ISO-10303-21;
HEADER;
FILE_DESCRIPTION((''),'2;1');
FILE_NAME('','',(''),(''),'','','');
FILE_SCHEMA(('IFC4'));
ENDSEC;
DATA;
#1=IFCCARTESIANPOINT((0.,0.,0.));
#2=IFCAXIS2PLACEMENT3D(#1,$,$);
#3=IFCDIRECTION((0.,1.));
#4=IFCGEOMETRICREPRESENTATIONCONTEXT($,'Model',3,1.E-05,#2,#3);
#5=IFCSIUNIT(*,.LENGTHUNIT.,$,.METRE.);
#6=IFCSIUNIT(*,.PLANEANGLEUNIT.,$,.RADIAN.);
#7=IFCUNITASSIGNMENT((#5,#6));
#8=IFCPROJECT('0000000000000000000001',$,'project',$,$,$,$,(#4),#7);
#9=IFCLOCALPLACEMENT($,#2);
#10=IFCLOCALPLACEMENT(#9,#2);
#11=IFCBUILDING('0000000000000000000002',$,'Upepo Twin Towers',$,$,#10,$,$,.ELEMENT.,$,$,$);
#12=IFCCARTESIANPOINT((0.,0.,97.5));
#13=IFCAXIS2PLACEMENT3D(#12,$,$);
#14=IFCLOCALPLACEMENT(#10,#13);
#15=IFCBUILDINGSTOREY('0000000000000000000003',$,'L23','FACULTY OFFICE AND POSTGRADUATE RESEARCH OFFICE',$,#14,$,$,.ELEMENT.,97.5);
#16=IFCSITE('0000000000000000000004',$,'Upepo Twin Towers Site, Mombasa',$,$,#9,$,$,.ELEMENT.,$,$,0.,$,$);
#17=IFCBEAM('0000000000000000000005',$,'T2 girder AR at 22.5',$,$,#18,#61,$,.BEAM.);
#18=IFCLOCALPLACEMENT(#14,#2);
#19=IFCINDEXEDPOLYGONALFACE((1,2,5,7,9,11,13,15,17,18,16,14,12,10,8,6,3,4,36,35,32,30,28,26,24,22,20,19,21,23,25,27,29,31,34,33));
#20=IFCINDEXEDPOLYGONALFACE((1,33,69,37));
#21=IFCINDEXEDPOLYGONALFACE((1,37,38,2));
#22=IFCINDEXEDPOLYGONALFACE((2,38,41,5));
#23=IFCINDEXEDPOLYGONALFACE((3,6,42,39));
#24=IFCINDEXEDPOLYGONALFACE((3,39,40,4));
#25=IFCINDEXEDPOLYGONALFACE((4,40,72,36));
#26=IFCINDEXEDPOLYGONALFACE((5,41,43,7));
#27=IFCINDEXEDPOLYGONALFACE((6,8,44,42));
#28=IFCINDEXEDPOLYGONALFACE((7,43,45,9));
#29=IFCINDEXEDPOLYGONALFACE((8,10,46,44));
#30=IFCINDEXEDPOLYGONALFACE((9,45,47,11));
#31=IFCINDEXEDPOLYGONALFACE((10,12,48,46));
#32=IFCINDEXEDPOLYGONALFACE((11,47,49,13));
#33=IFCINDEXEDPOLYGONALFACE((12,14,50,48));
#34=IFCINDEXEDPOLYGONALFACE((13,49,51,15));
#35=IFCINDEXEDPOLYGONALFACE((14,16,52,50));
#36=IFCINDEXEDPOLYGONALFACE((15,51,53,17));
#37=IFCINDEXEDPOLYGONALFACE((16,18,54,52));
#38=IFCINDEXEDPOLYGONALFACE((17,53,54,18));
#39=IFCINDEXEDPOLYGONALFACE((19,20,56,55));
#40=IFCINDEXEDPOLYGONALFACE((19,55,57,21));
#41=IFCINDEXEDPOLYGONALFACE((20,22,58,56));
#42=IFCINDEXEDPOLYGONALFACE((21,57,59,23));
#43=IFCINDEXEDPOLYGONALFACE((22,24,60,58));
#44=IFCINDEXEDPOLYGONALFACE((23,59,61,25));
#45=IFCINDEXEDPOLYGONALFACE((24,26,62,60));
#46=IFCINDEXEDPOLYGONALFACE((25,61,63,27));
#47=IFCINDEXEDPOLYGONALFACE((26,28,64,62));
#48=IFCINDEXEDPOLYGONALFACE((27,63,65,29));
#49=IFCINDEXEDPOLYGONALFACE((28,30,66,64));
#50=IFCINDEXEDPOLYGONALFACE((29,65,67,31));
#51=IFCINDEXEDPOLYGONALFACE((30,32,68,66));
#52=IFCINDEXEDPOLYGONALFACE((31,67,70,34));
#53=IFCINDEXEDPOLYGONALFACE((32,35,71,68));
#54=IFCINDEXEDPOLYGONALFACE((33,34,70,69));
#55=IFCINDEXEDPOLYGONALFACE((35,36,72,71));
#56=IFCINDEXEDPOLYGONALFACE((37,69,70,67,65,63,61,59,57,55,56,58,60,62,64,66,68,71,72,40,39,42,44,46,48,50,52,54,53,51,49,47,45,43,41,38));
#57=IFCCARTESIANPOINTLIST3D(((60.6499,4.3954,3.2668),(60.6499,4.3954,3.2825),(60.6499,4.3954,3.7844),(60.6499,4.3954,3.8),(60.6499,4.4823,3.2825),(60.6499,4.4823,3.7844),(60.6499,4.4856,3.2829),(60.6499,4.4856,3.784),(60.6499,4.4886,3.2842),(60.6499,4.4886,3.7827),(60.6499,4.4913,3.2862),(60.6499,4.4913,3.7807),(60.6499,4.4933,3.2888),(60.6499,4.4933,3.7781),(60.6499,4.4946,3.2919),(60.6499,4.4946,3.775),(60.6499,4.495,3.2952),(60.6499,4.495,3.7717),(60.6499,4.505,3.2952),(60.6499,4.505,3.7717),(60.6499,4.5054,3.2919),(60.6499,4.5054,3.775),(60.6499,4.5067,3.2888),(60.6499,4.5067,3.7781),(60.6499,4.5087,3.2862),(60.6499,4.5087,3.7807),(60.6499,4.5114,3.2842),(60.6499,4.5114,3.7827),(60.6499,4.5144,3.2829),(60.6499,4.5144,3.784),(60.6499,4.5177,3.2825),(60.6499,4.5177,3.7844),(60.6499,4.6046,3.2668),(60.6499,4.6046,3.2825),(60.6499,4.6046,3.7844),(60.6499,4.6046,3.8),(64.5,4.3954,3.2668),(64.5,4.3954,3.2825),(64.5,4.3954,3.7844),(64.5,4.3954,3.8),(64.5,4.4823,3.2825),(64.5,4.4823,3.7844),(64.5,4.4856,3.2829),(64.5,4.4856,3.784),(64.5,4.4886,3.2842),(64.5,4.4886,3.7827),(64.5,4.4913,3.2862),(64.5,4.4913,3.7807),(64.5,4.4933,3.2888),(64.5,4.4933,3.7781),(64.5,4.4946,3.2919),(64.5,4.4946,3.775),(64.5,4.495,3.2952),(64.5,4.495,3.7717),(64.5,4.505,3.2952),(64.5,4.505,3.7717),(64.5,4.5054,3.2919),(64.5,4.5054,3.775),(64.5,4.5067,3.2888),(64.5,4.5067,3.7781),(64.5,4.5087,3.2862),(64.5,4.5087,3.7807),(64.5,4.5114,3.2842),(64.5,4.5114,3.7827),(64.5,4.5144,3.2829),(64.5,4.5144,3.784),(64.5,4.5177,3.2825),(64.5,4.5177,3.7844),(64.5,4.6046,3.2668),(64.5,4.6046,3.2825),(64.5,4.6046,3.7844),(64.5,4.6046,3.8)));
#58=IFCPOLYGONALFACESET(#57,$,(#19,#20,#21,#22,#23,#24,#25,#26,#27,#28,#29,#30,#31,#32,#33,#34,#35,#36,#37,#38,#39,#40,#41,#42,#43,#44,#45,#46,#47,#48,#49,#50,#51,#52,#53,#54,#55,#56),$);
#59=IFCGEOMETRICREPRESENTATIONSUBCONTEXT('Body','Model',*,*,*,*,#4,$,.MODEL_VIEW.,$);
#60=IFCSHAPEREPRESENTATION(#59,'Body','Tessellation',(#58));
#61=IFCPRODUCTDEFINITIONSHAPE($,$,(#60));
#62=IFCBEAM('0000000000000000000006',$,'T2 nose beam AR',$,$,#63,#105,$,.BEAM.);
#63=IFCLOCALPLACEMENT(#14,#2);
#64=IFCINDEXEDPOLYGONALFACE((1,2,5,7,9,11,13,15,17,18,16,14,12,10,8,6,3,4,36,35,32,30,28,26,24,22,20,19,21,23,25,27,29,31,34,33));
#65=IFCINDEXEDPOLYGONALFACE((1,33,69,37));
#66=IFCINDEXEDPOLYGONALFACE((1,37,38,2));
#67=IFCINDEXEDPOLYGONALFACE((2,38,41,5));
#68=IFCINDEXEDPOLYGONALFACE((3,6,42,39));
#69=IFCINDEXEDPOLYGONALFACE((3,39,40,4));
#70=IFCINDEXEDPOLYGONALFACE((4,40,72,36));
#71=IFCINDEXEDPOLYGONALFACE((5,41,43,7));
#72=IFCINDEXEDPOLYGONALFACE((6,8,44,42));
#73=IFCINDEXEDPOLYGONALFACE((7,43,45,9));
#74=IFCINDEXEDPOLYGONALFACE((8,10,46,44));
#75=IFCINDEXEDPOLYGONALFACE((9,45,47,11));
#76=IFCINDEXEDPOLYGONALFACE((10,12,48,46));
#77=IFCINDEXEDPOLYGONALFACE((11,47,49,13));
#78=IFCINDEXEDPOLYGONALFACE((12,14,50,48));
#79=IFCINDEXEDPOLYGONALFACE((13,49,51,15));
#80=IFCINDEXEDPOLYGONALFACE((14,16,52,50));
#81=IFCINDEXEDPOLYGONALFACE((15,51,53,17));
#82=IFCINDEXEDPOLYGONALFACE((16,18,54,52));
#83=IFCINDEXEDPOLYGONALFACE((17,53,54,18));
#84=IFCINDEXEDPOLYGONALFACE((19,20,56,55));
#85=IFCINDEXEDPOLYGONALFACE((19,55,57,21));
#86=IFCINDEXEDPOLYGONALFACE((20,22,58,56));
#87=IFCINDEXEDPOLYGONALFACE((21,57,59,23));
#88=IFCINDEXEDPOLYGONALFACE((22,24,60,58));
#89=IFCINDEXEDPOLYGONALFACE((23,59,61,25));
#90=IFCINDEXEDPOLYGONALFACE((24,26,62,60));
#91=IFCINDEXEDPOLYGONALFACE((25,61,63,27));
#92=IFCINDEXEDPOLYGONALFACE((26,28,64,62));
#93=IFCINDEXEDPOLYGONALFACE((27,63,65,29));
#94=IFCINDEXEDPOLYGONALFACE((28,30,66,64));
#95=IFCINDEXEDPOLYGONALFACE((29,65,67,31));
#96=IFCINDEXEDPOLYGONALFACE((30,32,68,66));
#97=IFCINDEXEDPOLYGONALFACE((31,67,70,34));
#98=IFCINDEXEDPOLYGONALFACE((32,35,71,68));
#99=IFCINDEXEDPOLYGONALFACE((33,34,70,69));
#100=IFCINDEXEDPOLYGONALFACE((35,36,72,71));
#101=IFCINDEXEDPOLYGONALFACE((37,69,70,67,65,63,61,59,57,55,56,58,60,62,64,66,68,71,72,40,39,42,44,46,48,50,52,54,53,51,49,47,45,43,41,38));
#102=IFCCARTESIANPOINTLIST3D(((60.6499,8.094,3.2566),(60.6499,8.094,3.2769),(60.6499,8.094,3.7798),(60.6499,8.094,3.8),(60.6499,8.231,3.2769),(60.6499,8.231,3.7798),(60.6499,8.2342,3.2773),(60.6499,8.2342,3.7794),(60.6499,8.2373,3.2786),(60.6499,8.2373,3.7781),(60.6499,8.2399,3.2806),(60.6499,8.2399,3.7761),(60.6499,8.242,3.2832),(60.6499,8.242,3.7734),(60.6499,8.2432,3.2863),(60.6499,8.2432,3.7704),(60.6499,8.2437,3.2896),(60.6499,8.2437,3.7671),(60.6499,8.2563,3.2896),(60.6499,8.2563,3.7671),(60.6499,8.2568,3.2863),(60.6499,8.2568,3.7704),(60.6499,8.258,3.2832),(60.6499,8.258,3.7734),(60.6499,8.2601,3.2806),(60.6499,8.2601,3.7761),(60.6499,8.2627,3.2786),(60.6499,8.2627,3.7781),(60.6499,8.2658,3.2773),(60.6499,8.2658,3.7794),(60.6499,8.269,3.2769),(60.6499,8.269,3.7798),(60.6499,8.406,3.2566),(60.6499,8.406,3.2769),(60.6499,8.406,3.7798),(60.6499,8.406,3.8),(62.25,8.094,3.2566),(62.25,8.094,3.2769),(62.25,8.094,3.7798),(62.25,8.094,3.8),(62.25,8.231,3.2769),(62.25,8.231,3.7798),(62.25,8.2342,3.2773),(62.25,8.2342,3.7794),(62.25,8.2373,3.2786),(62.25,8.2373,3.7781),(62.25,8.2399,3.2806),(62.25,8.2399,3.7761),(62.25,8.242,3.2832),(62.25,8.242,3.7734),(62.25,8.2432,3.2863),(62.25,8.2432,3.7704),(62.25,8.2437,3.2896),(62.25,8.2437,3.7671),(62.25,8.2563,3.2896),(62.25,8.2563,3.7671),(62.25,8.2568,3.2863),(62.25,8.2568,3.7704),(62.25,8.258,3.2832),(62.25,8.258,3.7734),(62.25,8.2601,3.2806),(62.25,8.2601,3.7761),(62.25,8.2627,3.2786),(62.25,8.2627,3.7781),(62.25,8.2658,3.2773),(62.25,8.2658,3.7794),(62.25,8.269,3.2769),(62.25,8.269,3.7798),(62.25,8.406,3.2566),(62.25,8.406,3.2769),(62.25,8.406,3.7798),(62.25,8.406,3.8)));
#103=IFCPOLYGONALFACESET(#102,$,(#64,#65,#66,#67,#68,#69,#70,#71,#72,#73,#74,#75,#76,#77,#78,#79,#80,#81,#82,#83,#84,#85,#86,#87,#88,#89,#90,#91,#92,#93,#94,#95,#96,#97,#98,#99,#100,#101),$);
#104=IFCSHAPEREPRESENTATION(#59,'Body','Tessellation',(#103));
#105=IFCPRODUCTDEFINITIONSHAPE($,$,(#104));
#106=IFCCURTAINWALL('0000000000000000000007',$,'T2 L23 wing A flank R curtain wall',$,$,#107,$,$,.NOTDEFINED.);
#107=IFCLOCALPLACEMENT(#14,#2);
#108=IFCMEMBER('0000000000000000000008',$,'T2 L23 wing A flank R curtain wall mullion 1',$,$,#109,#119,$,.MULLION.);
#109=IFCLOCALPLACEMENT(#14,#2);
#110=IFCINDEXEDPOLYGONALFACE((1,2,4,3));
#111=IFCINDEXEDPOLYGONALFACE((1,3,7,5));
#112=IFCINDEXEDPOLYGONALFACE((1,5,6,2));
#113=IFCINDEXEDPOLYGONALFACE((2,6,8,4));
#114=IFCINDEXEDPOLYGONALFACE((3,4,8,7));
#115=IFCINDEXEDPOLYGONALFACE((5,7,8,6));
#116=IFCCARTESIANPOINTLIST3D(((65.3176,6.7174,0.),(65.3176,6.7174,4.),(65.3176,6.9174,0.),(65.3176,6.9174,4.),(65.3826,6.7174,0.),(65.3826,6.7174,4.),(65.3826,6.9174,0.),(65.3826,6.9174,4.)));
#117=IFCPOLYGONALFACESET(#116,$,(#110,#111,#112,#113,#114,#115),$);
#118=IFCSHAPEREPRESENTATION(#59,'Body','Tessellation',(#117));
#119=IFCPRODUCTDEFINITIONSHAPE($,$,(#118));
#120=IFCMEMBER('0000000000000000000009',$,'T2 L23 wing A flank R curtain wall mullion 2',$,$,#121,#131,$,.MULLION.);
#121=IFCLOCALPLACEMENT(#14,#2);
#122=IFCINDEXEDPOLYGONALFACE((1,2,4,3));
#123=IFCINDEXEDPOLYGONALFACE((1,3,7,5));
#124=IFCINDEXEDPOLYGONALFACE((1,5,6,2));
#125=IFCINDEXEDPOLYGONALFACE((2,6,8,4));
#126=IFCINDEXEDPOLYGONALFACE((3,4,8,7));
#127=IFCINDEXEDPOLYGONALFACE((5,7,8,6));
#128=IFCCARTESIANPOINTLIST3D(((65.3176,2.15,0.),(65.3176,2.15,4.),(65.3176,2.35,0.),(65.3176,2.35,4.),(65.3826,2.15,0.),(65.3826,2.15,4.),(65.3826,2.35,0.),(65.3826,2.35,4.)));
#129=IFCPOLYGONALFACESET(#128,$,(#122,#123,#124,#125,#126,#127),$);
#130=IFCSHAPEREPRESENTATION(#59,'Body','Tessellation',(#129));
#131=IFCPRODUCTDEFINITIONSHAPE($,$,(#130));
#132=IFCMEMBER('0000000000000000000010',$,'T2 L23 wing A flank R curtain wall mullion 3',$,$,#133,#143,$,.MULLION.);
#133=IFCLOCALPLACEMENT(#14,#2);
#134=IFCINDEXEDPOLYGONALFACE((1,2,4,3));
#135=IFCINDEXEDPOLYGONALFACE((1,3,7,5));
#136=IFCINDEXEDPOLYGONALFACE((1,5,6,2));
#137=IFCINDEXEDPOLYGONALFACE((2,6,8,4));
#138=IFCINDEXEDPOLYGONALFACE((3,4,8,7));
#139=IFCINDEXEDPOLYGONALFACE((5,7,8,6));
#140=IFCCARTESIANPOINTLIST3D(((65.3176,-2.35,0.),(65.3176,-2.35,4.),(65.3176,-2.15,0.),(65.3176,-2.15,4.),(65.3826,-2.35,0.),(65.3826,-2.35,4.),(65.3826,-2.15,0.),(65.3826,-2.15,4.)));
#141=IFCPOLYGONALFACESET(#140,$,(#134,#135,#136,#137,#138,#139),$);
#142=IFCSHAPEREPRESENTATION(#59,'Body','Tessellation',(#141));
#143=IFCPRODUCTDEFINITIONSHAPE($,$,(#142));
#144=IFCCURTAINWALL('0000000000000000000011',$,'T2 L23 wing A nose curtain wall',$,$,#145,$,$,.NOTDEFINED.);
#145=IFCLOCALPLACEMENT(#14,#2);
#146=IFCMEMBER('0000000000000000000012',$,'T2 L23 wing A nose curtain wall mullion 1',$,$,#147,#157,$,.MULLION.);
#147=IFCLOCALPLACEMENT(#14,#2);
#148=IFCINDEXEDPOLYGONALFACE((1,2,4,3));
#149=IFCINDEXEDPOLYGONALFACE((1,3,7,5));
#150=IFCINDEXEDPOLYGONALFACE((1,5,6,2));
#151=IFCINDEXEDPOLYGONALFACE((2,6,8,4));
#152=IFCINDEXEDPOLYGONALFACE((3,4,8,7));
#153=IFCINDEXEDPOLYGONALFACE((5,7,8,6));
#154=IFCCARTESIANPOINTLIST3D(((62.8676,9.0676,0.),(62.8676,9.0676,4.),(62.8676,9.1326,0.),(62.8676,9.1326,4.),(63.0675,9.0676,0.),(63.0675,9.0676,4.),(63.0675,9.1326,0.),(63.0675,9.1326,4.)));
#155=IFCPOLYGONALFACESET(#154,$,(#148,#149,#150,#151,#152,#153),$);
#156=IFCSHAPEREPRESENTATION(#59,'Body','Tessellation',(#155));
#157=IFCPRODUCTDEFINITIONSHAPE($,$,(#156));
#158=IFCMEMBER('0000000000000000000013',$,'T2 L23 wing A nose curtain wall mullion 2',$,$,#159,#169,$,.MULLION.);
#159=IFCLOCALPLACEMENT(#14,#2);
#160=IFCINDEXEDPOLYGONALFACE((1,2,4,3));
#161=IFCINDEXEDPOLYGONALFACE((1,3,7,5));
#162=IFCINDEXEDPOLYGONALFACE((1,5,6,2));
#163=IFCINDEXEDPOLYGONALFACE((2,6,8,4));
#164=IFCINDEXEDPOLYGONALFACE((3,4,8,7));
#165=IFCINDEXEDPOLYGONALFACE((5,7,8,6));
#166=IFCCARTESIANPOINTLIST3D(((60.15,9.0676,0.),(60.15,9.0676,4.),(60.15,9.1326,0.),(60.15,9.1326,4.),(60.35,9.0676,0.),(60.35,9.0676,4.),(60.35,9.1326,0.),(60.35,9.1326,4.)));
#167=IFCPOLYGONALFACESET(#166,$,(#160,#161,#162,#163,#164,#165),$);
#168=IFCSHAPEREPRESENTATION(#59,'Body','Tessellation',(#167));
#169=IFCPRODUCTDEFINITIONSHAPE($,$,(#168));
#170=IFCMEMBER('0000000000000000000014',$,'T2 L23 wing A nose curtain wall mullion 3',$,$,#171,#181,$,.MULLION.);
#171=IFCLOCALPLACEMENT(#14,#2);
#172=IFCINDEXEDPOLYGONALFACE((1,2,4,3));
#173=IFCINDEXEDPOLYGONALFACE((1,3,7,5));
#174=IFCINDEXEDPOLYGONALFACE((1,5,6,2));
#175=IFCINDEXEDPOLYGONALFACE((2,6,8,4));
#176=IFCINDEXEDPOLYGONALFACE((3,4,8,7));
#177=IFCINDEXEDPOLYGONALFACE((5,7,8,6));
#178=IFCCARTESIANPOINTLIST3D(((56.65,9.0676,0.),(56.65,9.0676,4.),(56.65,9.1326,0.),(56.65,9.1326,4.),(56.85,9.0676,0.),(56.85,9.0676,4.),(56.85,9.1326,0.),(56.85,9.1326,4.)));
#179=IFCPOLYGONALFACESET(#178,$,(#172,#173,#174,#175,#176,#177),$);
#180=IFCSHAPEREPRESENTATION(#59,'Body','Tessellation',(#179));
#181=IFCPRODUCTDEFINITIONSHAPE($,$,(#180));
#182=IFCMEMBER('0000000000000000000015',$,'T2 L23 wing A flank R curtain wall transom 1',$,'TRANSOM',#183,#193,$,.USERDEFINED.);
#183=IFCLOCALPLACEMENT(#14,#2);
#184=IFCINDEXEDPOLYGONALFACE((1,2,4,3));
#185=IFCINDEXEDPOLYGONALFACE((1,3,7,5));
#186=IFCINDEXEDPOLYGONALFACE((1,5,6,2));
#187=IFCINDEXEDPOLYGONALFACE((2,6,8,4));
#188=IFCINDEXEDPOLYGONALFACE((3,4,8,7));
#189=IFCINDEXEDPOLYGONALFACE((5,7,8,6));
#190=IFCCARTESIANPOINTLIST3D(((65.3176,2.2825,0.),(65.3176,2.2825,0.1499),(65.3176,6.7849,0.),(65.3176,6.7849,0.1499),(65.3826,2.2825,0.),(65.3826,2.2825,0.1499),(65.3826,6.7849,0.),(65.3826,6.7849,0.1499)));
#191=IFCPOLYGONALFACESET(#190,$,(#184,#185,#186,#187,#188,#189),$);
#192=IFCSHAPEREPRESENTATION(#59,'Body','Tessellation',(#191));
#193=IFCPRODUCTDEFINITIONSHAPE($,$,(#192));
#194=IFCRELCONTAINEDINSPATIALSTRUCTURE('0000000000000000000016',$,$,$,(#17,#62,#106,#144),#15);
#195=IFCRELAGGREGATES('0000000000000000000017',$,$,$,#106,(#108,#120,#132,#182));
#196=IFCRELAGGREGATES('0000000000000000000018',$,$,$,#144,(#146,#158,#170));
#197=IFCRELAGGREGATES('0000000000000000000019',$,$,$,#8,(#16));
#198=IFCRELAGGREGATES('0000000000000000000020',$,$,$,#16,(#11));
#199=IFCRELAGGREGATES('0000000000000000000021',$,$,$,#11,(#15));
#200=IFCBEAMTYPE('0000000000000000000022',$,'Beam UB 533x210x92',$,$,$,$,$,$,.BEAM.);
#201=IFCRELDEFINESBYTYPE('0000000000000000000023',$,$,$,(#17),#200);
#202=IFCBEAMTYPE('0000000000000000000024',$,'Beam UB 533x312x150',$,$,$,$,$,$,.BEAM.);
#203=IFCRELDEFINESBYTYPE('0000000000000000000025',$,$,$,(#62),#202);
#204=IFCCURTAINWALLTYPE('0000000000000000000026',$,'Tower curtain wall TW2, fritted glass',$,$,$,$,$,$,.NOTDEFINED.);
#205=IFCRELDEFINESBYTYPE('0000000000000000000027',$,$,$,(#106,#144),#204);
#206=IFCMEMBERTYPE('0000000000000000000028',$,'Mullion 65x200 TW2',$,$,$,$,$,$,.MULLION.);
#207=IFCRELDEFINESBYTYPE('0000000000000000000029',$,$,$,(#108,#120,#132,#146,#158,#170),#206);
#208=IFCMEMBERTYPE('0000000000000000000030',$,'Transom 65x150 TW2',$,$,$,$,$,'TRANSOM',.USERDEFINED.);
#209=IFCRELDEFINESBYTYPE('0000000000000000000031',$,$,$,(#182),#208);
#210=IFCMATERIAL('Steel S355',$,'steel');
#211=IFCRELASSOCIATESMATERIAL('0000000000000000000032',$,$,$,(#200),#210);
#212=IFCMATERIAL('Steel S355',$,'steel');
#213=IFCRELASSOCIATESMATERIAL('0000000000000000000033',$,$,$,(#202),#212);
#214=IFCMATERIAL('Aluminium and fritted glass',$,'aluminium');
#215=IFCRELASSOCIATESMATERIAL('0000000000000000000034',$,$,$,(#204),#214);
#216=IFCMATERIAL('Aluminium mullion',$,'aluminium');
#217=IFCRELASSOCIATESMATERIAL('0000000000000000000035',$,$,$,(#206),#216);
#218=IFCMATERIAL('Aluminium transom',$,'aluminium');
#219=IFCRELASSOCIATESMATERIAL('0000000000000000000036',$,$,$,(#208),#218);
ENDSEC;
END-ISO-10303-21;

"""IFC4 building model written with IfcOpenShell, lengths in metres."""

from ifc_helpers import new_model, si_unit, direction, frame, origin, origin_2d, place, context, subcontext, project, spatial, rectangle, i_section, extrude, material, material_profile, profile_set, type_object, element, aggregate, save


model = new_model("IFC4")

# Units and contexts
model_context = context("Model", 3, precision=1e-05, world=origin(), true_north=direction((0.0, 1.0)))
body_context = subcontext(model_context, "Body", "Model", "MODEL_VIEW")
ifc_project = project(units=[si_unit("LENGTHUNIT", "METRE"), si_unit("PLANEANGLEUNIT", "RADIAN")], contexts=[model_context])

# Site, building, storey
site_placement = place(None, origin())
site = spatial("IfcSite", under=ifc_project, at=site_placement, Name="Upepo Twin Towers Site, Mombasa", CompositionType="ELEMENT", RefElevation=0.0)
building_placement = place(site_placement, origin())
building = spatial("IfcBuilding", under=site, at=building_placement, Name="Upepo Twin Towers", CompositionType="ELEMENT")
storey_placement = place(building_placement, frame((0.0, 0.0, 97.5)))
storey = spatial("IfcBuildingStorey", under=building, at=storey_placement, Name="L23", Description="FACULTY OFFICE AND POSTGRADUATE RESEARCH OFFICE", CompositionType="ELEMENT", Elevation=97.5)

# Beams
ifc_material_1 = material(Name="Steel S355", Category="steel")
ifc_material_profile_1 = material_profile(ifc_material_1, i_section(OverallWidth=0.2092, OverallDepth=0.5332, WebThickness=0.01, FlangeThickness=0.0156, FilletRadius=0.0127, at=origin_2d()), Name="UB 533x210x92")
ifc_profile_set_1 = profile_set([ifc_material_profile_1], Name="Steel S355")
beam_type_1 = type_object("IfcBeamType", Name="Beam UB 533x210x92", PredefinedType="BEAM", material=ifc_profile_set_1)
for number, where, z_axis, x_axis, name in (
    (1, (64.5, 4.5, 3.5334), (-1.0, 0.0, 0.0), (0.0, -1.0, 0.0), "T2 girder AR at 22.5"),
):
    element("IfcBeam", number, at=place(storey_placement, frame(where, z_axis=z_axis, x_axis=x_axis)), inside=storey, type_object=beam_type_1, Name=name, PredefinedType="BEAM", context=body_context, shape_type="SweptSolid", body=[
        extrude(i_section(OverallWidth=0.2092, OverallDepth=0.5332, WebThickness=0.01, FlangeThickness=0.0156, FilletRadius=0.0127, at=origin_2d()), origin(), (0.0, 0.0, 1.0), 3.8501),
    ])
ifc_material_2 = material(Name="Steel S355", Category="steel")
ifc_material_profile_2 = material_profile(ifc_material_2, i_section(OverallWidth=0.312, OverallDepth=0.5435, WebThickness=0.0127, FlangeThickness=0.0203, FilletRadius=0.0127, at=origin_2d()), Name="UB 533x312x150")
ifc_profile_set_2 = profile_set([ifc_material_profile_2], Name="Steel S355")
beam_type_2 = type_object("IfcBeamType", Name="Beam UB 533x312x150", PredefinedType="BEAM", material=ifc_profile_set_2)
beam_1_placement = place(storey_placement, frame((62.25, 8.25, 3.5283), z_axis=(-1.0, 0.0, 0.0), x_axis=(0.0, -1.0, 0.0)))
element("IfcBeam", 2, at=beam_1_placement, inside=storey, type_object=beam_type_2, Name="T2 nose beam AR", PredefinedType="BEAM", context=body_context, shape_type="SweptSolid", body=[
    extrude(i_section(OverallWidth=0.312, OverallDepth=0.5435, WebThickness=0.0127, FlangeThickness=0.0203, FilletRadius=0.0127, at=origin_2d()), origin(), (0.0, 0.0, 1.0), 1.6001),
])

# Curtain walls, members
ifc_material_3 = material(Name="Aluminium and fritted glass", Category="aluminium")
curtain_wall_type = type_object("IfcCurtainWallType", Name="Tower curtain wall TW2, fritted glass", PredefinedType="NOTDEFINED", material=ifc_material_3)
curtain_wall_1_placement = place(storey_placement, origin())
curtain_wall_1 = element("IfcCurtainWall", 3, at=curtain_wall_1_placement, inside=storey, type_object=curtain_wall_type, Name="T2 L23 wing A flank R curtain wall", PredefinedType="NOTDEFINED")
ifc_material_4 = material(Name="Aluminium mullion", Category="aluminium")
ifc_material_profile_3 = material_profile(ifc_material_4, rectangle(XDim=0.0649, YDim=0.2, at=origin_2d()), Name="MULLION 65x200")
ifc_profile_set_3 = profile_set([ifc_material_profile_3], Name="Aluminium mullion")
member_type_1 = type_object("IfcMemberType", Name="Mullion 65x200 TW2", PredefinedType="MULLION", material=ifc_profile_set_3)
member_1_placement = place(storey_placement, frame((65.3501, 6.8174, 0.0), z_axis=(0.0, 0.0, 1.0), x_axis=(1.0, 0.0, 0.0)))
member_1 = element("IfcMember", 4, at=member_1_placement, type_object=member_type_1, Name="T2 L23 wing A flank R curtain wall mullion 1", PredefinedType="MULLION", context=body_context, shape_type="SweptSolid", body=[
    extrude(rectangle(XDim=0.0649, YDim=0.2, at=origin_2d()), origin(), (0.0, 0.0, 1.0), 4.0),
])
member_2_placement = place(storey_placement, frame((65.3501, 2.25, 0.0), z_axis=(0.0, 0.0, 1.0), x_axis=(1.0, 0.0, 0.0)))
member_2 = element("IfcMember", 5, at=member_2_placement, type_object=member_type_1, Name="T2 L23 wing A flank R curtain wall mullion 2", PredefinedType="MULLION", context=body_context, shape_type="SweptSolid", body=[
    extrude(rectangle(XDim=0.0649, YDim=0.2, at=origin_2d()), origin(), (0.0, 0.0, 1.0), 4.0),
])
member_3_placement = place(storey_placement, frame((65.3501, -2.25, 0.0), z_axis=(0.0, 0.0, 1.0), x_axis=(1.0, 0.0, 0.0)))
member_3 = element("IfcMember", 6, at=member_3_placement, type_object=member_type_1, Name="T2 L23 wing A flank R curtain wall mullion 3", PredefinedType="MULLION", context=body_context, shape_type="SweptSolid", body=[
    extrude(rectangle(XDim=0.0649, YDim=0.2, at=origin_2d()), origin(), (0.0, 0.0, 1.0), 4.0),
])
curtain_wall_2_placement = place(storey_placement, origin())
curtain_wall_2 = element("IfcCurtainWall", 7, at=curtain_wall_2_placement, inside=storey, type_object=curtain_wall_type, Name="T2 L23 wing A nose curtain wall", PredefinedType="NOTDEFINED")
member_4_placement = place(storey_placement, frame((62.9675, 9.1001, 0.0), z_axis=(0.0, 0.0, 1.0), x_axis=(0.0, -1.0, 0.0)))
member_4 = element("IfcMember", 8, at=member_4_placement, type_object=member_type_1, Name="T2 L23 wing A nose curtain wall mullion 1", PredefinedType="MULLION", context=body_context, shape_type="SweptSolid", body=[
    extrude(rectangle(XDim=0.0649, YDim=0.2, at=origin_2d()), origin(), (0.0, 0.0, 1.0), 4.0),
])
member_5_placement = place(storey_placement, frame((60.25, 9.1001, 0.0), z_axis=(0.0, 0.0, 1.0), x_axis=(0.0, -1.0, 0.0)))
member_5 = element("IfcMember", 9, at=member_5_placement, type_object=member_type_1, Name="T2 L23 wing A nose curtain wall mullion 2", PredefinedType="MULLION", context=body_context, shape_type="SweptSolid", body=[
    extrude(rectangle(XDim=0.0649, YDim=0.2, at=origin_2d()), origin(), (0.0, 0.0, 1.0), 4.0),
])
member_6_placement = place(storey_placement, frame((56.75, 9.1001, 0.0), z_axis=(0.0, 0.0, 1.0), x_axis=(0.0, -1.0, 0.0)))
member_6 = element("IfcMember", 10, at=member_6_placement, type_object=member_type_1, Name="T2 L23 wing A nose curtain wall mullion 3", PredefinedType="MULLION", context=body_context, shape_type="SweptSolid", body=[
    extrude(rectangle(XDim=0.0649, YDim=0.2, at=origin_2d()), origin(), (0.0, 0.0, 1.0), 4.0),
])

# Member
ifc_material_5 = material(Name="Aluminium transom", Category="aluminium")
ifc_material_profile_4 = material_profile(ifc_material_5, rectangle(XDim=0.0649, YDim=0.1499, at=origin_2d()), Name="TRANSOM 65x150")
ifc_profile_set_4 = profile_set([ifc_material_profile_4], Name="Aluminium transom")
member_type_2 = type_object("IfcMemberType", Name="Transom 65x150 TW2", ElementType="TRANSOM", PredefinedType="USERDEFINED", material=ifc_profile_set_4)
member_7_placement = place(storey_placement, frame((65.3501, 6.7849, 0.075), z_axis=(0.0, -1.0, 0.0), x_axis=(1.0, 0.0, 0.0)))
member_7 = element("IfcMember", 11, at=member_7_placement, type_object=member_type_2, Name="T2 L23 wing A flank R curtain wall transom 1", ObjectType="TRANSOM", PredefinedType="USERDEFINED", context=body_context, shape_type="SweptSolid", body=[
    extrude(rectangle(XDim=0.0649, YDim=0.1499, at=origin_2d()), origin(), (0.0, 0.0, 1.0), 4.5024),
])

aggregate(curtain_wall_1, [member_1, member_2, member_3, member_7])
aggregate(curtain_wall_2, [member_4, member_5, member_6])

save(model, "model.ifc")
